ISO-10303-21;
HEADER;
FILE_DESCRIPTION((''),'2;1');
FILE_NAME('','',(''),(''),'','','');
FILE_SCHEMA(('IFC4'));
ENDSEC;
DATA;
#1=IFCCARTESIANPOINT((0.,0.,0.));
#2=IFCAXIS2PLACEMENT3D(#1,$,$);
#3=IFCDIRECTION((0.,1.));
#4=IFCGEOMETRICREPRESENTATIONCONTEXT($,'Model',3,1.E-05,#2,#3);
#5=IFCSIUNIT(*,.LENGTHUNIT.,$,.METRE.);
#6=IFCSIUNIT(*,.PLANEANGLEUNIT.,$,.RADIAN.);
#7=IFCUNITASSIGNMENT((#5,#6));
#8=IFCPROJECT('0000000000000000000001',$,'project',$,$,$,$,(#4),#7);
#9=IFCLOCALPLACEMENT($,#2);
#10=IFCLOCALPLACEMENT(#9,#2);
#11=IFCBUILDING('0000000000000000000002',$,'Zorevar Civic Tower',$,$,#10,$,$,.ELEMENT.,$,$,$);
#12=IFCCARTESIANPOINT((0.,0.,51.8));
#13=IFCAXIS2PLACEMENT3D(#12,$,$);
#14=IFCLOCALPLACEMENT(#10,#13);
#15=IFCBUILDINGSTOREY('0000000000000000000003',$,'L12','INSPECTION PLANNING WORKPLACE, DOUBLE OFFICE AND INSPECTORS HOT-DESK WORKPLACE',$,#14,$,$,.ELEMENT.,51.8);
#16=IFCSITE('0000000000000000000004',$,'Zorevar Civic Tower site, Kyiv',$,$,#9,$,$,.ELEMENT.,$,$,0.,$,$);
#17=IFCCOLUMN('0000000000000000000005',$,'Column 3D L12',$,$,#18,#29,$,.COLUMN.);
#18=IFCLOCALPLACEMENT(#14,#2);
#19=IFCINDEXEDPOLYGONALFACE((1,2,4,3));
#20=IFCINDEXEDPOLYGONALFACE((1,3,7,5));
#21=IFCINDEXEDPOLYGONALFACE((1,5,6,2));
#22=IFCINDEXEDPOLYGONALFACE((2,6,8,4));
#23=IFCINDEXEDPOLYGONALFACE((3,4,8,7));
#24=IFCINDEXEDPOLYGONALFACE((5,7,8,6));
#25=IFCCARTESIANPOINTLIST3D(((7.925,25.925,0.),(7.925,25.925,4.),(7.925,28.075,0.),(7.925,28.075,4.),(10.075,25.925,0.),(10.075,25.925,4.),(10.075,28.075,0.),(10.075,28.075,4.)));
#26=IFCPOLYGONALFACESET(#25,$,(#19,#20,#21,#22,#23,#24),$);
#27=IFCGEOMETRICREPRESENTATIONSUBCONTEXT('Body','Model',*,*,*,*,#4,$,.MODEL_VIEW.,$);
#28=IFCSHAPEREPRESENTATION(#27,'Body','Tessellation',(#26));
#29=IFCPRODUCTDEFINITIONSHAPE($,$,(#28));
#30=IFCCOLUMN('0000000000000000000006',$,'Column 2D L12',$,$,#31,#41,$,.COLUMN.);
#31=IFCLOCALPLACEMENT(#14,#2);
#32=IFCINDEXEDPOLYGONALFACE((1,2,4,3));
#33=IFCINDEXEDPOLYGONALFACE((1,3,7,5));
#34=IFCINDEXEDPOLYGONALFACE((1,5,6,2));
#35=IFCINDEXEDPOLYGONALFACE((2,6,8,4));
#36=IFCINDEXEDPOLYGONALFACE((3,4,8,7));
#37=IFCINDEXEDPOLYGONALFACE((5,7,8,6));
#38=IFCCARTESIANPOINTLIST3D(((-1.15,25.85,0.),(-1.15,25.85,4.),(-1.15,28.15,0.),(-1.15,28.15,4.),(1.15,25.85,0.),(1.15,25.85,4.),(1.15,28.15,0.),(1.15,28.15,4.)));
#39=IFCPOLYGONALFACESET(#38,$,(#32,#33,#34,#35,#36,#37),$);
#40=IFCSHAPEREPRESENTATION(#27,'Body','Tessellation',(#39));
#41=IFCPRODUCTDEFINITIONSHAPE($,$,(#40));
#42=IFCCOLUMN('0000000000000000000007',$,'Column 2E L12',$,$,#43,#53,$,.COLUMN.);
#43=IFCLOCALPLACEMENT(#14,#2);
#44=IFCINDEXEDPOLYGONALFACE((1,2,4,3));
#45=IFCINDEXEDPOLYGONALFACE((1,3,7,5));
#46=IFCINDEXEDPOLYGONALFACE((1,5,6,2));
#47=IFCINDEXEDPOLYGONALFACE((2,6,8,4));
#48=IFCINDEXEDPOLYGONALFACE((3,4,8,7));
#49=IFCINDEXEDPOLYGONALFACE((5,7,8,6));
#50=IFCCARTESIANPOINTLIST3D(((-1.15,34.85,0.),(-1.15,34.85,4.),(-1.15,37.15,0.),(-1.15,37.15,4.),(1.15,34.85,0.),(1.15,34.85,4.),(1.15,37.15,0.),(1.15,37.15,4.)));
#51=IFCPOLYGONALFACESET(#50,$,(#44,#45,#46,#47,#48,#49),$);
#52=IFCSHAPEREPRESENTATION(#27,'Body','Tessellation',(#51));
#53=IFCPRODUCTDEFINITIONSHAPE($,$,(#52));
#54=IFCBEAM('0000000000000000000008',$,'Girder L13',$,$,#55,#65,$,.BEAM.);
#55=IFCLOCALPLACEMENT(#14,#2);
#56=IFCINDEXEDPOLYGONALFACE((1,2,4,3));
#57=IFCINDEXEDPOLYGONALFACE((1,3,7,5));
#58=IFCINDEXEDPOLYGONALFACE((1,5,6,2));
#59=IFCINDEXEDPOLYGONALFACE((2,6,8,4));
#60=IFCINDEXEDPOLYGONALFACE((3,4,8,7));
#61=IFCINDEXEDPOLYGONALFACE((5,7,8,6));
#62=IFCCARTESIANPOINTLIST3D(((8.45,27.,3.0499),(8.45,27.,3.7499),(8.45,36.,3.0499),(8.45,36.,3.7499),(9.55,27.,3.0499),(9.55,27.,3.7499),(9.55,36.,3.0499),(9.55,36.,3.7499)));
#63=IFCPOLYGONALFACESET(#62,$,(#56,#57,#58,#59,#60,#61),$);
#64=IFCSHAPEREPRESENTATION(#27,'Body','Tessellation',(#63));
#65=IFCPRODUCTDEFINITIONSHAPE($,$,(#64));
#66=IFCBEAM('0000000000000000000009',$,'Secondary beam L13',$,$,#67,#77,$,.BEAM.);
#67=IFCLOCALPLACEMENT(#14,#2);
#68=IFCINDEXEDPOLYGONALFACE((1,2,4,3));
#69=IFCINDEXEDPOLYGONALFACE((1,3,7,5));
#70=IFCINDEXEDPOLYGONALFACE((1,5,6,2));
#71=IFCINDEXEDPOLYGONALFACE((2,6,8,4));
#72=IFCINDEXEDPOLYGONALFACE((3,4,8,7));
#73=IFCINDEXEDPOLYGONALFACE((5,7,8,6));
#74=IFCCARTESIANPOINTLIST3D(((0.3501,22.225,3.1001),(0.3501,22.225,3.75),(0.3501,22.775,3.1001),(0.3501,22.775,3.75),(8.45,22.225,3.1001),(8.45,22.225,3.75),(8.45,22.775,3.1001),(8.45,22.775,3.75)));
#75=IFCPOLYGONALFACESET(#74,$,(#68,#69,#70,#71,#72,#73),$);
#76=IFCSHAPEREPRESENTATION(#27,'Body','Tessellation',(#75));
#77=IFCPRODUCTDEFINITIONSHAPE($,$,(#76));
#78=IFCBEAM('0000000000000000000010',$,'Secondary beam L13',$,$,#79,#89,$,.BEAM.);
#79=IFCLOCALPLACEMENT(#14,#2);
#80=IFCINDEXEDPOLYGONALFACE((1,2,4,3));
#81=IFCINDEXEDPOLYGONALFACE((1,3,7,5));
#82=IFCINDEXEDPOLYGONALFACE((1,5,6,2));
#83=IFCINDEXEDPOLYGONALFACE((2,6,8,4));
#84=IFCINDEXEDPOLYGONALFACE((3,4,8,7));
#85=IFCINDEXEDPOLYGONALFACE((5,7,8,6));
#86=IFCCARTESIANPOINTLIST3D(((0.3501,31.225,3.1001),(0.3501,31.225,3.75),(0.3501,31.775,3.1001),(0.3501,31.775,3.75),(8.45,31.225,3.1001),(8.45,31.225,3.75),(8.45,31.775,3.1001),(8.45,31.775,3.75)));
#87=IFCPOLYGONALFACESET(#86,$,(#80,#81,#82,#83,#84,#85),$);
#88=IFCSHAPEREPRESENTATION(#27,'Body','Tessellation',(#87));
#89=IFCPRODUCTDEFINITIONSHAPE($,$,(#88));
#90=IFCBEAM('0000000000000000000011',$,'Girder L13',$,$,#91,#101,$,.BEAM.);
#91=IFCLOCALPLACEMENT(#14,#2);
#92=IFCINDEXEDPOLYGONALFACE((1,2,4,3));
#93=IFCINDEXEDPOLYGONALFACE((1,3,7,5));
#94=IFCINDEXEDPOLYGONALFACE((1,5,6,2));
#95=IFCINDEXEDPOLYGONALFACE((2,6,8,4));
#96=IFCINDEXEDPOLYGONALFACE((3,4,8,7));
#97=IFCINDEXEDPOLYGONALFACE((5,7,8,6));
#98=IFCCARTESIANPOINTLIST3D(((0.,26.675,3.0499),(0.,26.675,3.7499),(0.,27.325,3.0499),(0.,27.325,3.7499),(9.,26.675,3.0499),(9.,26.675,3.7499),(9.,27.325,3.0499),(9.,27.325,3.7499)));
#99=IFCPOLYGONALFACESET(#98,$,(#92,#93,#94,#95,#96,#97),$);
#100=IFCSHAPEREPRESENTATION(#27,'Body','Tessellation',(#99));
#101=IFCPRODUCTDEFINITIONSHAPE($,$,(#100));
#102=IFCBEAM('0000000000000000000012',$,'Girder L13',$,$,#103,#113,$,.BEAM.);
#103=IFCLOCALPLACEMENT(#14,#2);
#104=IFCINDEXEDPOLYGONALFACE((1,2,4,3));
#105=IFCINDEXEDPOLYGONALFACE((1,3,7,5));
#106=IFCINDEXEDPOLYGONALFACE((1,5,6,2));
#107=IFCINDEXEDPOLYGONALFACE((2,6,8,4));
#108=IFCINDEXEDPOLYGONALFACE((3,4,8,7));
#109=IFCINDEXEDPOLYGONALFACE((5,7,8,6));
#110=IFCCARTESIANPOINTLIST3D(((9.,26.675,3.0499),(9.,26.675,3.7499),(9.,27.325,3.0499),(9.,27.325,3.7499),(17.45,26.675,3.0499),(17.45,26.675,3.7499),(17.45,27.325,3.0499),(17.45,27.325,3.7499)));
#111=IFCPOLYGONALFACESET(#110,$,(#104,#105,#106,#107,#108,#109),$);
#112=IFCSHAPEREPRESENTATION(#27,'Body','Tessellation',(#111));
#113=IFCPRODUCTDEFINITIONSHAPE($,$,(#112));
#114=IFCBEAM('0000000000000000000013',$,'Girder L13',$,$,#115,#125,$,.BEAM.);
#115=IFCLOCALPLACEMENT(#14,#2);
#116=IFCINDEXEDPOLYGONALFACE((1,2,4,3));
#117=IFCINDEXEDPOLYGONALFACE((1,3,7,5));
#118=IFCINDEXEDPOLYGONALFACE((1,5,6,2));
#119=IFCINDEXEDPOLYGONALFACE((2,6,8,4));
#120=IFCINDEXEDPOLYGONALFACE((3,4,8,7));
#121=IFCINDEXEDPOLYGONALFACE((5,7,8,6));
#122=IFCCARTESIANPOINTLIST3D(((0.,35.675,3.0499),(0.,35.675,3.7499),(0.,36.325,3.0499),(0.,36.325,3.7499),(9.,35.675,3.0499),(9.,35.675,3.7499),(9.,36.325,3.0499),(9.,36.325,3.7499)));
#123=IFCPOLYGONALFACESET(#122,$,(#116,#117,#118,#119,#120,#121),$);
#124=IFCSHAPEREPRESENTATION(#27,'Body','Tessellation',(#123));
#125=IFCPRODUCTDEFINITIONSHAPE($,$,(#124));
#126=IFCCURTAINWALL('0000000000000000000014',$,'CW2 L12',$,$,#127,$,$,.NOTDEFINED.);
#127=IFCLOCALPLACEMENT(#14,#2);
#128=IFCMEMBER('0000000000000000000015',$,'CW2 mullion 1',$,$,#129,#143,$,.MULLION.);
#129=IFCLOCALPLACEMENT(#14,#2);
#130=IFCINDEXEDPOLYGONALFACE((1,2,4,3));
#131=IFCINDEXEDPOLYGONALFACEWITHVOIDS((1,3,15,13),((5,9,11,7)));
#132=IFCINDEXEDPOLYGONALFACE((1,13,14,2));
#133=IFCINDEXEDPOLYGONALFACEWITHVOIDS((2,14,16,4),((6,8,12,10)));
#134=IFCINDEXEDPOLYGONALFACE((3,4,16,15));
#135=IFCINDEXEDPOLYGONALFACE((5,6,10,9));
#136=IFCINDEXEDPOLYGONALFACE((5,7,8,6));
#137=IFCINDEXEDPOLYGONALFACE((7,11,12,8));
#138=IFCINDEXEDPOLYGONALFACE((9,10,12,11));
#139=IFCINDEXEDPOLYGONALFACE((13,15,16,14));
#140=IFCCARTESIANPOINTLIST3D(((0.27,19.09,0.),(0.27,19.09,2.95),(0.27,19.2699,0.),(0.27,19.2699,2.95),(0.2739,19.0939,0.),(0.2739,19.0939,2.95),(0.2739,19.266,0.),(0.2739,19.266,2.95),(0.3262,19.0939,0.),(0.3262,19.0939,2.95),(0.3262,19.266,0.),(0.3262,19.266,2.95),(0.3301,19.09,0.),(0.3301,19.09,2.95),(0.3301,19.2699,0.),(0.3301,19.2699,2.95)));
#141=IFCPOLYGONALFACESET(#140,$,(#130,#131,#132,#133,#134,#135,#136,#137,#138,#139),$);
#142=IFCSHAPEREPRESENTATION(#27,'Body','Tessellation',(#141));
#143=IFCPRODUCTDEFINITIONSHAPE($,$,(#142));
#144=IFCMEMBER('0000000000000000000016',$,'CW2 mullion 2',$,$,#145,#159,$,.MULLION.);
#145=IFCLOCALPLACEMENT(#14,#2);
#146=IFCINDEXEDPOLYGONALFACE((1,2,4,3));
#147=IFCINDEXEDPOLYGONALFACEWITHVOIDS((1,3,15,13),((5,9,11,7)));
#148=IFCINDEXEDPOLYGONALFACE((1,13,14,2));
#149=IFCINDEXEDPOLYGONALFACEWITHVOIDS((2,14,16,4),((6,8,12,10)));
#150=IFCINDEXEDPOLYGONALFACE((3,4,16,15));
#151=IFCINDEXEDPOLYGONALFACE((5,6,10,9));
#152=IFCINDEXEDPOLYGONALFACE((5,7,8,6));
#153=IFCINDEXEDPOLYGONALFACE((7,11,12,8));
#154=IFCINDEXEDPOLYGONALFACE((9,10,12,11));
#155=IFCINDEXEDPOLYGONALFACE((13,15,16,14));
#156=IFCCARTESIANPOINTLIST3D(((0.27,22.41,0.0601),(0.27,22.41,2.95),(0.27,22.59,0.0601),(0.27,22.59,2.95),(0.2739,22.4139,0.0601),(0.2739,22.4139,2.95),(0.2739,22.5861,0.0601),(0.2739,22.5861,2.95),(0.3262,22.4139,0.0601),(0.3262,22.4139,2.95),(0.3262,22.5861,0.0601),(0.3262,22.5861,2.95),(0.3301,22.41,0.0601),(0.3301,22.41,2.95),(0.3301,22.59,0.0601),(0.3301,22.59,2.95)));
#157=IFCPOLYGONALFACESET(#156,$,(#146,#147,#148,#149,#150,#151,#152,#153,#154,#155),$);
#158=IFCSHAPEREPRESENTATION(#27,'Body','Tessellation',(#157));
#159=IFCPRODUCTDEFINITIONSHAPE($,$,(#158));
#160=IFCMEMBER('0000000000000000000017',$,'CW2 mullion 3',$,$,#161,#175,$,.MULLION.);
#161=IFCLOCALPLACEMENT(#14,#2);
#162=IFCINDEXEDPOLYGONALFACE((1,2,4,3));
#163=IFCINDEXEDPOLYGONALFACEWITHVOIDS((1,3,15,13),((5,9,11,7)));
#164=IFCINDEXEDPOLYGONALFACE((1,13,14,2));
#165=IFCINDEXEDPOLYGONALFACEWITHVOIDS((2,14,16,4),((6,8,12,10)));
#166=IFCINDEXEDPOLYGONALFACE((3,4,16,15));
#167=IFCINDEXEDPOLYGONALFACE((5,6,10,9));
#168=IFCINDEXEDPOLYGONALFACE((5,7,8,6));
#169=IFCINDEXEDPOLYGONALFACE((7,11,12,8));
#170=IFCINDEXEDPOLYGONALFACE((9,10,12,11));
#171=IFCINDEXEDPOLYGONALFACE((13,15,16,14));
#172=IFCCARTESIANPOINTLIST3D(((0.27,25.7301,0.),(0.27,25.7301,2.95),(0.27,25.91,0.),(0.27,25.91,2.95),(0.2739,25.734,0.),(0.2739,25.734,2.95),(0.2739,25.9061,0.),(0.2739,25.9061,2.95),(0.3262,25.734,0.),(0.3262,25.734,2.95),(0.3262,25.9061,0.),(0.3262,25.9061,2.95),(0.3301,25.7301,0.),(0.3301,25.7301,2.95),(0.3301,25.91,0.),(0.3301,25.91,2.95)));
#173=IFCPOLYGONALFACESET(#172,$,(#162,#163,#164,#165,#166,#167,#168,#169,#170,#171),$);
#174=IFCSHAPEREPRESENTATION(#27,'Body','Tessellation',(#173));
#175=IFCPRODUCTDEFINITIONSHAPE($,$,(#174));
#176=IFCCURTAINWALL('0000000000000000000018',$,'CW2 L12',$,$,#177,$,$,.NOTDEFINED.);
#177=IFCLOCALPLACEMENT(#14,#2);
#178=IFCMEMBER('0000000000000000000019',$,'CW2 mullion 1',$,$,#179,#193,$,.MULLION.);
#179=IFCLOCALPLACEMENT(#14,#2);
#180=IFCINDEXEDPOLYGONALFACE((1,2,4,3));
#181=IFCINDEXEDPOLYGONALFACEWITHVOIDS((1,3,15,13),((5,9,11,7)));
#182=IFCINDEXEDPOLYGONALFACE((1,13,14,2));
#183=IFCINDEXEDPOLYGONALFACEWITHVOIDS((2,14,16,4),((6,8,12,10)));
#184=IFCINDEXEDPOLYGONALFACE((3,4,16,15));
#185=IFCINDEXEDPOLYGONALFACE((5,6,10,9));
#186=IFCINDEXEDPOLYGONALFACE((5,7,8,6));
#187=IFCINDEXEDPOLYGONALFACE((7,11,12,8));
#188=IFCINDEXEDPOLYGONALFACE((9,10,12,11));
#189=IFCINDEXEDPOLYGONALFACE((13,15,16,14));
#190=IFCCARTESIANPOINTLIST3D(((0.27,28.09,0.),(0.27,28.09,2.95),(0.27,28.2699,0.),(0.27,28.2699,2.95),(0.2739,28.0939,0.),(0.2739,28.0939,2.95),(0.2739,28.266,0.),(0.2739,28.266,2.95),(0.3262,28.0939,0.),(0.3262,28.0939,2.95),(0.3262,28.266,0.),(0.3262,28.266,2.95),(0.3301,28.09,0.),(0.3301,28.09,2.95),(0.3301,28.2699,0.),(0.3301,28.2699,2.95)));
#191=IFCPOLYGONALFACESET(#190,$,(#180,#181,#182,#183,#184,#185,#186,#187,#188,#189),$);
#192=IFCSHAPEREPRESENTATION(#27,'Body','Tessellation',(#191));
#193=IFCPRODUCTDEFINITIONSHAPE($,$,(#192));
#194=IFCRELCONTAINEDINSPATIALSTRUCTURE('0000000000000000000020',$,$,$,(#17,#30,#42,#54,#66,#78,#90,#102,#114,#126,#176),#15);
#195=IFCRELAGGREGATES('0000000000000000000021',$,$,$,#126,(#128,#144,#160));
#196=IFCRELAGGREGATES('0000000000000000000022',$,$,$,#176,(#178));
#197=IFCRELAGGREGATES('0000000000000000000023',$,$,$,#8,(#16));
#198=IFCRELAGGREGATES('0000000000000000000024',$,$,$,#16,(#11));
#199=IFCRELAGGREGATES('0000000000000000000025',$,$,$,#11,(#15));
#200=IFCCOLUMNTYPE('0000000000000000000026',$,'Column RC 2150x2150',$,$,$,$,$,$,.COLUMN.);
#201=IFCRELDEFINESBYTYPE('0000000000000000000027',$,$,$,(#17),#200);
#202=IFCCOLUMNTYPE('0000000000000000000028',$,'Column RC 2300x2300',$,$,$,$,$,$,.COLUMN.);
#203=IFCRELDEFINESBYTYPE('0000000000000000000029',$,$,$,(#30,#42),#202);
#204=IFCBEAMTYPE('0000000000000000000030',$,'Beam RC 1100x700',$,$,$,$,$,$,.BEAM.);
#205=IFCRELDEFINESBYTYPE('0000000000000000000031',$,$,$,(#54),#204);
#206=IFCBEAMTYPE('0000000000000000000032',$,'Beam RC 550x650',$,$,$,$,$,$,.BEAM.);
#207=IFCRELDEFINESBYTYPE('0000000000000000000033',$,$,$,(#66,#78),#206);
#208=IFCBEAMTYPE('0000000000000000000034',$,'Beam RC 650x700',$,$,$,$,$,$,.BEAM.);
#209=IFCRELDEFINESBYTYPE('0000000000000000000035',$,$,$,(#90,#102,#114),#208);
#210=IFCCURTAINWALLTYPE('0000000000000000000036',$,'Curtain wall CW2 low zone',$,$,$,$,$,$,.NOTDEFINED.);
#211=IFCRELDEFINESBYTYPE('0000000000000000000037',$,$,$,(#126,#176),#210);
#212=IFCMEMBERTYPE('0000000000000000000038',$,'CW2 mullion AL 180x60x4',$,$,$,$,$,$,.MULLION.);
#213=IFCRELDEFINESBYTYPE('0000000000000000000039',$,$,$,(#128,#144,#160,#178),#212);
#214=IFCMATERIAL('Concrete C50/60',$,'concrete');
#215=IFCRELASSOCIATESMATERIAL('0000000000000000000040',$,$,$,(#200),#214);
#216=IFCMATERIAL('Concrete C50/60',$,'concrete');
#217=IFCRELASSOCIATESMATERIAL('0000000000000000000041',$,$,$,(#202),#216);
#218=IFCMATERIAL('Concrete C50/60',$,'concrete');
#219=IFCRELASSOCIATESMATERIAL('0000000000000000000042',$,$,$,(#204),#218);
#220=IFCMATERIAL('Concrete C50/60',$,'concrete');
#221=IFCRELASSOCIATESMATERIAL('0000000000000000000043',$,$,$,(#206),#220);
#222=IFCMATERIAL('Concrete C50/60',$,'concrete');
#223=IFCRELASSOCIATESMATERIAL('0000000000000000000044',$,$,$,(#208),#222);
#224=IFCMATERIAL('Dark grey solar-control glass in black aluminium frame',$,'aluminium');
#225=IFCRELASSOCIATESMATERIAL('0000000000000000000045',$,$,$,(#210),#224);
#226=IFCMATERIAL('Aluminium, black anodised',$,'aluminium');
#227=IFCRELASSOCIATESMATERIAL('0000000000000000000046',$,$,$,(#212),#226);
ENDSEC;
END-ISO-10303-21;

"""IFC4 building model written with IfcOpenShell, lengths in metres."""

from ifc_helpers import new_model, si_unit, direction, frame, origin, origin_2d, place, context, subcontext, project, spatial, rectangle, hollow_rectangle, extrude, material, material_profile, profile_set, type_object, element, aggregate, save


model = new_model("IFC4")

# Units and contexts
model_context = context("Model", 3, precision=1e-05, world=origin(), true_north=direction((0.0, 1.0)))
body_context = subcontext(model_context, "Body", "Model", "MODEL_VIEW")
ifc_project = project(units=[si_unit("LENGTHUNIT", "METRE"), si_unit("PLANEANGLEUNIT", "RADIAN")], contexts=[model_context])

# Site, building, storey
site_placement = place(None, origin())
site = spatial("IfcSite", under=ifc_project, at=site_placement, Name="Zorevar Civic Tower site, Kyiv", CompositionType="ELEMENT", RefElevation=0.0)
building_placement = place(site_placement, origin())
building = spatial("IfcBuilding", under=site, at=building_placement, Name="Zorevar Civic Tower", CompositionType="ELEMENT")
storey_placement = place(building_placement, frame((0.0, 0.0, 51.8)))
storey = spatial("IfcBuildingStorey", under=building, at=storey_placement, Name="L12", Description="INSPECTION PLANNING WORKPLACE, DOUBLE OFFICE AND INSPECTORS HOT-DESK WORKPLACE", CompositionType="ELEMENT", Elevation=51.8)

# Columns
ifc_material_1 = material(Name="Concrete C50/60", Category="concrete")
ifc_material_profile_1 = material_profile(ifc_material_1, rectangle(XDim=2.1499, YDim=2.1499, at=origin_2d()), Name="RC 2150x2150")
ifc_profile_set_1 = profile_set([ifc_material_profile_1], Name="Concrete C50/60")
column_type_1 = type_object("IfcColumnType", Name="Column RC 2150x2150", PredefinedType="COLUMN", material=ifc_profile_set_1)
column_placement = place(storey_placement, frame((9.0, 27.0, 0.0), z_axis=(0.0, 0.0, 1.0), x_axis=(1.0, 0.0, 0.0)))
element("IfcColumn", 1, at=column_placement, inside=storey, type_object=column_type_1, Name="Column 3D L12", PredefinedType="COLUMN", context=body_context, shape_type="SweptSolid", body=[
    extrude(rectangle(XDim=2.1499, YDim=2.1499, at=origin_2d()), origin(), (0.0, 0.0, 1.0), 4.0),
])
ifc_material_2 = material(Name="Concrete C50/60", Category="concrete")
ifc_material_profile_2 = material_profile(ifc_material_2, rectangle(XDim=2.3, YDim=2.3, at=origin_2d()), Name="RC 2300x2300")
ifc_profile_set_2 = profile_set([ifc_material_profile_2], Name="Concrete C50/60")
column_type_2 = type_object("IfcColumnType", Name="Column RC 2300x2300", PredefinedType="COLUMN", material=ifc_profile_set_2)
for number, where, z_axis, x_axis, name in (
    (2, (0.0, 27.0, 0.0), (0.0, 0.0, 1.0), (1.0, 0.0, 0.0), "Column 2D L12"),
    (3, (0.0, 36.0, 0.0), (0.0, 0.0, 1.0), (1.0, 0.0, 0.0), "Column 2E L12"),
):
    element("IfcColumn", number, at=place(storey_placement, frame(where, z_axis=z_axis, x_axis=x_axis)), inside=storey, type_object=column_type_2, Name=name, PredefinedType="COLUMN", context=body_context, shape_type="SweptSolid", body=[
        extrude(rectangle(XDim=2.3, YDim=2.3, at=origin_2d()), origin(), (0.0, 0.0, 1.0), 4.0),
    ])

# Beams
ifc_material_3 = material(Name="Concrete C50/60", Category="concrete")
ifc_material_profile_3 = material_profile(ifc_material_3, rectangle(XDim=1.1001, YDim=0.7, at=origin_2d()), Name="RC 1100x700")
ifc_profile_set_3 = profile_set([ifc_material_profile_3], Name="Concrete C50/60")
beam_type_1 = type_object("IfcBeamType", Name="Beam RC 1100x700", PredefinedType="BEAM", material=ifc_profile_set_3)
beam_1_placement = place(storey_placement, frame((9.0, 27.0, 3.3999), z_axis=(0.0, 1.0, 0.0), x_axis=(-1.0, 0.0, 0.0)))
element("IfcBeam", 4, at=beam_1_placement, inside=storey, type_object=beam_type_1, Name="Girder L13", PredefinedType="BEAM", context=body_context, shape_type="SweptSolid", body=[
    extrude(rectangle(XDim=1.1001, YDim=0.7, at=origin_2d()), origin(), (0.0, 0.0, 1.0), 9.0),
])
ifc_material_4 = material(Name="Concrete C50/60", Category="concrete")
ifc_material_profile_4 = material_profile(ifc_material_4, rectangle(XDim=0.55, YDim=0.6499, at=origin_2d()), Name="RC 550x650")
ifc_profile_set_4 = profile_set([ifc_material_profile_4], Name="Concrete C50/60")
beam_type_2 = type_object("IfcBeamType", Name="Beam RC 550x650", PredefinedType="BEAM", material=ifc_profile_set_4)
for number, where, z_axis, x_axis, name in (
    (5, (0.3501, 22.5, 3.425), (1.0, 0.0, 0.0), (0.0, 1.0, 0.0), "Secondary beam L13"),
    (6, (0.3501, 31.5, 3.425), (1.0, 0.0, 0.0), (0.0, 1.0, 0.0), "Secondary beam L13"),
):
    element("IfcBeam", number, at=place(storey_placement, frame(where, z_axis=z_axis, x_axis=x_axis)), inside=storey, type_object=beam_type_2, Name=name, PredefinedType="BEAM", context=body_context, shape_type="SweptSolid", body=[
        extrude(rectangle(XDim=0.55, YDim=0.6499, at=origin_2d()), origin(), (0.0, 0.0, 1.0), 8.0999),
    ])
ifc_material_5 = material(Name="Concrete C50/60", Category="concrete")
ifc_material_profile_5 = material_profile(ifc_material_5, rectangle(XDim=0.6499, YDim=0.7, at=origin_2d()), Name="RC 650x700")
ifc_profile_set_5 = profile_set([ifc_material_profile_5], Name="Concrete C50/60")
beam_type_3 = type_object("IfcBeamType", Name="Beam RC 650x700", PredefinedType="BEAM", material=ifc_profile_set_5)
beam_2_placement = place(storey_placement, frame((0.0, 27.0, 3.3999), z_axis=(1.0, 0.0, 0.0), x_axis=(0.0, 1.0, 0.0)))
element("IfcBeam", 7, at=beam_2_placement, inside=storey, type_object=beam_type_3, Name="Girder L13", PredefinedType="BEAM", context=body_context, shape_type="SweptSolid", body=[
    extrude(rectangle(XDim=0.6499, YDim=0.7, at=origin_2d()), origin(), (0.0, 0.0, 1.0), 9.0),
])
beam_3_placement = place(storey_placement, frame((9.0, 27.0, 3.3999), z_axis=(1.0, 0.0, 0.0), x_axis=(0.0, 1.0, 0.0)))
element("IfcBeam", 8, at=beam_3_placement, inside=storey, type_object=beam_type_3, Name="Girder L13", PredefinedType="BEAM", context=body_context, shape_type="SweptSolid", body=[
    extrude(rectangle(XDim=0.6499, YDim=0.7, at=origin_2d()), origin(), (0.0, 0.0, 1.0), 8.45),
])
beam_4_placement = place(storey_placement, frame((0.0, 36.0, 3.3999), z_axis=(1.0, 0.0, 0.0), x_axis=(0.0, 1.0, 0.0)))
element("IfcBeam", 9, at=beam_4_placement, inside=storey, type_object=beam_type_3, Name="Girder L13", PredefinedType="BEAM", context=body_context, shape_type="SweptSolid", body=[
    extrude(rectangle(XDim=0.6499, YDim=0.7, at=origin_2d()), origin(), (0.0, 0.0, 1.0), 9.0),
])

# Curtain walls, members
ifc_material_6 = material(Name="Dark grey solar-control glass in black aluminium frame", Category="aluminium")
curtain_wall_type = type_object("IfcCurtainWallType", Name="Curtain wall CW2 low zone", PredefinedType="NOTDEFINED", material=ifc_material_6)
curtain_wall_1_placement = place(storey_placement, origin())
curtain_wall_1 = element("IfcCurtainWall", 10, at=curtain_wall_1_placement, inside=storey, type_object=curtain_wall_type, Name="CW2 L12", PredefinedType="NOTDEFINED")
ifc_material_7 = material(Name="Aluminium, black anodised", Category="aluminium")
ifc_material_profile_6 = material_profile(ifc_material_7, hollow_rectangle(XDim=0.0601, YDim=0.1799, WallThickness=0.0039, at=origin_2d()), Name="AL 180x60x4")
ifc_profile_set_6 = profile_set([ifc_material_profile_6], Name="Aluminium, black anodised")
member_type_1 = type_object("IfcMemberType", Name="CW2 mullion AL 180x60x4", PredefinedType="MULLION", material=ifc_profile_set_6)
member_1_placement = place(storey_placement, frame((0.3, 19.1799, 0.0), z_axis=(0.0, 0.0, 1.0), x_axis=(-1.0, 0.0, 0.0)))
member_1 = element("IfcMember", 11, at=member_1_placement, type_object=member_type_1, Name="CW2 mullion 1", PredefinedType="MULLION", context=body_context, shape_type="SweptSolid", body=[
    extrude(hollow_rectangle(XDim=0.0601, YDim=0.1799, WallThickness=0.0039, at=origin_2d()), origin(), (0.0, 0.0, 1.0), 2.95),
])
member_2_placement = place(storey_placement, frame((0.3, 22.5, 0.0601), z_axis=(0.0, 0.0, 1.0), x_axis=(-1.0, 0.0, 0.0)))
member_2 = element("IfcMember", 12, at=member_2_placement, type_object=member_type_1, Name="CW2 mullion 2", PredefinedType="MULLION", context=body_context, shape_type="SweptSolid", body=[
    extrude(hollow_rectangle(XDim=0.0601, YDim=0.1799, WallThickness=0.0039, at=origin_2d()), origin(), (0.0, 0.0, 1.0), 2.8899),
])
member_3_placement = place(storey_placement, frame((0.3, 25.8201, 0.0), z_axis=(0.0, 0.0, 1.0), x_axis=(-1.0, 0.0, 0.0)))
member_3 = element("IfcMember", 13, at=member_3_placement, type_object=member_type_1, Name="CW2 mullion 3", PredefinedType="MULLION", context=body_context, shape_type="SweptSolid", body=[
    extrude(hollow_rectangle(XDim=0.0601, YDim=0.1799, WallThickness=0.0039, at=origin_2d()), origin(), (0.0, 0.0, 1.0), 2.95),
])
curtain_wall_2_placement = place(storey_placement, origin())
curtain_wall_2 = element("IfcCurtainWall", 14, at=curtain_wall_2_placement, inside=storey, type_object=curtain_wall_type, Name="CW2 L12", PredefinedType="NOTDEFINED")
member_4_placement = place(storey_placement, frame((0.3, 28.1799, 0.0), z_axis=(0.0, 0.0, 1.0), x_axis=(-1.0, 0.0, 0.0)))
member_4 = element("IfcMember", 15, at=member_4_placement, type_object=member_type_1, Name="CW2 mullion 1", PredefinedType="MULLION", context=body_context, shape_type="SweptSolid", body=[
    extrude(hollow_rectangle(XDim=0.0601, YDim=0.1799, WallThickness=0.0039, at=origin_2d()), origin(), (0.0, 0.0, 1.0), 2.95),
])

aggregate(curtain_wall_1, [member_1, member_2, member_3])
aggregate(curtain_wall_2, [member_4])

save(model, "model.ifc")
